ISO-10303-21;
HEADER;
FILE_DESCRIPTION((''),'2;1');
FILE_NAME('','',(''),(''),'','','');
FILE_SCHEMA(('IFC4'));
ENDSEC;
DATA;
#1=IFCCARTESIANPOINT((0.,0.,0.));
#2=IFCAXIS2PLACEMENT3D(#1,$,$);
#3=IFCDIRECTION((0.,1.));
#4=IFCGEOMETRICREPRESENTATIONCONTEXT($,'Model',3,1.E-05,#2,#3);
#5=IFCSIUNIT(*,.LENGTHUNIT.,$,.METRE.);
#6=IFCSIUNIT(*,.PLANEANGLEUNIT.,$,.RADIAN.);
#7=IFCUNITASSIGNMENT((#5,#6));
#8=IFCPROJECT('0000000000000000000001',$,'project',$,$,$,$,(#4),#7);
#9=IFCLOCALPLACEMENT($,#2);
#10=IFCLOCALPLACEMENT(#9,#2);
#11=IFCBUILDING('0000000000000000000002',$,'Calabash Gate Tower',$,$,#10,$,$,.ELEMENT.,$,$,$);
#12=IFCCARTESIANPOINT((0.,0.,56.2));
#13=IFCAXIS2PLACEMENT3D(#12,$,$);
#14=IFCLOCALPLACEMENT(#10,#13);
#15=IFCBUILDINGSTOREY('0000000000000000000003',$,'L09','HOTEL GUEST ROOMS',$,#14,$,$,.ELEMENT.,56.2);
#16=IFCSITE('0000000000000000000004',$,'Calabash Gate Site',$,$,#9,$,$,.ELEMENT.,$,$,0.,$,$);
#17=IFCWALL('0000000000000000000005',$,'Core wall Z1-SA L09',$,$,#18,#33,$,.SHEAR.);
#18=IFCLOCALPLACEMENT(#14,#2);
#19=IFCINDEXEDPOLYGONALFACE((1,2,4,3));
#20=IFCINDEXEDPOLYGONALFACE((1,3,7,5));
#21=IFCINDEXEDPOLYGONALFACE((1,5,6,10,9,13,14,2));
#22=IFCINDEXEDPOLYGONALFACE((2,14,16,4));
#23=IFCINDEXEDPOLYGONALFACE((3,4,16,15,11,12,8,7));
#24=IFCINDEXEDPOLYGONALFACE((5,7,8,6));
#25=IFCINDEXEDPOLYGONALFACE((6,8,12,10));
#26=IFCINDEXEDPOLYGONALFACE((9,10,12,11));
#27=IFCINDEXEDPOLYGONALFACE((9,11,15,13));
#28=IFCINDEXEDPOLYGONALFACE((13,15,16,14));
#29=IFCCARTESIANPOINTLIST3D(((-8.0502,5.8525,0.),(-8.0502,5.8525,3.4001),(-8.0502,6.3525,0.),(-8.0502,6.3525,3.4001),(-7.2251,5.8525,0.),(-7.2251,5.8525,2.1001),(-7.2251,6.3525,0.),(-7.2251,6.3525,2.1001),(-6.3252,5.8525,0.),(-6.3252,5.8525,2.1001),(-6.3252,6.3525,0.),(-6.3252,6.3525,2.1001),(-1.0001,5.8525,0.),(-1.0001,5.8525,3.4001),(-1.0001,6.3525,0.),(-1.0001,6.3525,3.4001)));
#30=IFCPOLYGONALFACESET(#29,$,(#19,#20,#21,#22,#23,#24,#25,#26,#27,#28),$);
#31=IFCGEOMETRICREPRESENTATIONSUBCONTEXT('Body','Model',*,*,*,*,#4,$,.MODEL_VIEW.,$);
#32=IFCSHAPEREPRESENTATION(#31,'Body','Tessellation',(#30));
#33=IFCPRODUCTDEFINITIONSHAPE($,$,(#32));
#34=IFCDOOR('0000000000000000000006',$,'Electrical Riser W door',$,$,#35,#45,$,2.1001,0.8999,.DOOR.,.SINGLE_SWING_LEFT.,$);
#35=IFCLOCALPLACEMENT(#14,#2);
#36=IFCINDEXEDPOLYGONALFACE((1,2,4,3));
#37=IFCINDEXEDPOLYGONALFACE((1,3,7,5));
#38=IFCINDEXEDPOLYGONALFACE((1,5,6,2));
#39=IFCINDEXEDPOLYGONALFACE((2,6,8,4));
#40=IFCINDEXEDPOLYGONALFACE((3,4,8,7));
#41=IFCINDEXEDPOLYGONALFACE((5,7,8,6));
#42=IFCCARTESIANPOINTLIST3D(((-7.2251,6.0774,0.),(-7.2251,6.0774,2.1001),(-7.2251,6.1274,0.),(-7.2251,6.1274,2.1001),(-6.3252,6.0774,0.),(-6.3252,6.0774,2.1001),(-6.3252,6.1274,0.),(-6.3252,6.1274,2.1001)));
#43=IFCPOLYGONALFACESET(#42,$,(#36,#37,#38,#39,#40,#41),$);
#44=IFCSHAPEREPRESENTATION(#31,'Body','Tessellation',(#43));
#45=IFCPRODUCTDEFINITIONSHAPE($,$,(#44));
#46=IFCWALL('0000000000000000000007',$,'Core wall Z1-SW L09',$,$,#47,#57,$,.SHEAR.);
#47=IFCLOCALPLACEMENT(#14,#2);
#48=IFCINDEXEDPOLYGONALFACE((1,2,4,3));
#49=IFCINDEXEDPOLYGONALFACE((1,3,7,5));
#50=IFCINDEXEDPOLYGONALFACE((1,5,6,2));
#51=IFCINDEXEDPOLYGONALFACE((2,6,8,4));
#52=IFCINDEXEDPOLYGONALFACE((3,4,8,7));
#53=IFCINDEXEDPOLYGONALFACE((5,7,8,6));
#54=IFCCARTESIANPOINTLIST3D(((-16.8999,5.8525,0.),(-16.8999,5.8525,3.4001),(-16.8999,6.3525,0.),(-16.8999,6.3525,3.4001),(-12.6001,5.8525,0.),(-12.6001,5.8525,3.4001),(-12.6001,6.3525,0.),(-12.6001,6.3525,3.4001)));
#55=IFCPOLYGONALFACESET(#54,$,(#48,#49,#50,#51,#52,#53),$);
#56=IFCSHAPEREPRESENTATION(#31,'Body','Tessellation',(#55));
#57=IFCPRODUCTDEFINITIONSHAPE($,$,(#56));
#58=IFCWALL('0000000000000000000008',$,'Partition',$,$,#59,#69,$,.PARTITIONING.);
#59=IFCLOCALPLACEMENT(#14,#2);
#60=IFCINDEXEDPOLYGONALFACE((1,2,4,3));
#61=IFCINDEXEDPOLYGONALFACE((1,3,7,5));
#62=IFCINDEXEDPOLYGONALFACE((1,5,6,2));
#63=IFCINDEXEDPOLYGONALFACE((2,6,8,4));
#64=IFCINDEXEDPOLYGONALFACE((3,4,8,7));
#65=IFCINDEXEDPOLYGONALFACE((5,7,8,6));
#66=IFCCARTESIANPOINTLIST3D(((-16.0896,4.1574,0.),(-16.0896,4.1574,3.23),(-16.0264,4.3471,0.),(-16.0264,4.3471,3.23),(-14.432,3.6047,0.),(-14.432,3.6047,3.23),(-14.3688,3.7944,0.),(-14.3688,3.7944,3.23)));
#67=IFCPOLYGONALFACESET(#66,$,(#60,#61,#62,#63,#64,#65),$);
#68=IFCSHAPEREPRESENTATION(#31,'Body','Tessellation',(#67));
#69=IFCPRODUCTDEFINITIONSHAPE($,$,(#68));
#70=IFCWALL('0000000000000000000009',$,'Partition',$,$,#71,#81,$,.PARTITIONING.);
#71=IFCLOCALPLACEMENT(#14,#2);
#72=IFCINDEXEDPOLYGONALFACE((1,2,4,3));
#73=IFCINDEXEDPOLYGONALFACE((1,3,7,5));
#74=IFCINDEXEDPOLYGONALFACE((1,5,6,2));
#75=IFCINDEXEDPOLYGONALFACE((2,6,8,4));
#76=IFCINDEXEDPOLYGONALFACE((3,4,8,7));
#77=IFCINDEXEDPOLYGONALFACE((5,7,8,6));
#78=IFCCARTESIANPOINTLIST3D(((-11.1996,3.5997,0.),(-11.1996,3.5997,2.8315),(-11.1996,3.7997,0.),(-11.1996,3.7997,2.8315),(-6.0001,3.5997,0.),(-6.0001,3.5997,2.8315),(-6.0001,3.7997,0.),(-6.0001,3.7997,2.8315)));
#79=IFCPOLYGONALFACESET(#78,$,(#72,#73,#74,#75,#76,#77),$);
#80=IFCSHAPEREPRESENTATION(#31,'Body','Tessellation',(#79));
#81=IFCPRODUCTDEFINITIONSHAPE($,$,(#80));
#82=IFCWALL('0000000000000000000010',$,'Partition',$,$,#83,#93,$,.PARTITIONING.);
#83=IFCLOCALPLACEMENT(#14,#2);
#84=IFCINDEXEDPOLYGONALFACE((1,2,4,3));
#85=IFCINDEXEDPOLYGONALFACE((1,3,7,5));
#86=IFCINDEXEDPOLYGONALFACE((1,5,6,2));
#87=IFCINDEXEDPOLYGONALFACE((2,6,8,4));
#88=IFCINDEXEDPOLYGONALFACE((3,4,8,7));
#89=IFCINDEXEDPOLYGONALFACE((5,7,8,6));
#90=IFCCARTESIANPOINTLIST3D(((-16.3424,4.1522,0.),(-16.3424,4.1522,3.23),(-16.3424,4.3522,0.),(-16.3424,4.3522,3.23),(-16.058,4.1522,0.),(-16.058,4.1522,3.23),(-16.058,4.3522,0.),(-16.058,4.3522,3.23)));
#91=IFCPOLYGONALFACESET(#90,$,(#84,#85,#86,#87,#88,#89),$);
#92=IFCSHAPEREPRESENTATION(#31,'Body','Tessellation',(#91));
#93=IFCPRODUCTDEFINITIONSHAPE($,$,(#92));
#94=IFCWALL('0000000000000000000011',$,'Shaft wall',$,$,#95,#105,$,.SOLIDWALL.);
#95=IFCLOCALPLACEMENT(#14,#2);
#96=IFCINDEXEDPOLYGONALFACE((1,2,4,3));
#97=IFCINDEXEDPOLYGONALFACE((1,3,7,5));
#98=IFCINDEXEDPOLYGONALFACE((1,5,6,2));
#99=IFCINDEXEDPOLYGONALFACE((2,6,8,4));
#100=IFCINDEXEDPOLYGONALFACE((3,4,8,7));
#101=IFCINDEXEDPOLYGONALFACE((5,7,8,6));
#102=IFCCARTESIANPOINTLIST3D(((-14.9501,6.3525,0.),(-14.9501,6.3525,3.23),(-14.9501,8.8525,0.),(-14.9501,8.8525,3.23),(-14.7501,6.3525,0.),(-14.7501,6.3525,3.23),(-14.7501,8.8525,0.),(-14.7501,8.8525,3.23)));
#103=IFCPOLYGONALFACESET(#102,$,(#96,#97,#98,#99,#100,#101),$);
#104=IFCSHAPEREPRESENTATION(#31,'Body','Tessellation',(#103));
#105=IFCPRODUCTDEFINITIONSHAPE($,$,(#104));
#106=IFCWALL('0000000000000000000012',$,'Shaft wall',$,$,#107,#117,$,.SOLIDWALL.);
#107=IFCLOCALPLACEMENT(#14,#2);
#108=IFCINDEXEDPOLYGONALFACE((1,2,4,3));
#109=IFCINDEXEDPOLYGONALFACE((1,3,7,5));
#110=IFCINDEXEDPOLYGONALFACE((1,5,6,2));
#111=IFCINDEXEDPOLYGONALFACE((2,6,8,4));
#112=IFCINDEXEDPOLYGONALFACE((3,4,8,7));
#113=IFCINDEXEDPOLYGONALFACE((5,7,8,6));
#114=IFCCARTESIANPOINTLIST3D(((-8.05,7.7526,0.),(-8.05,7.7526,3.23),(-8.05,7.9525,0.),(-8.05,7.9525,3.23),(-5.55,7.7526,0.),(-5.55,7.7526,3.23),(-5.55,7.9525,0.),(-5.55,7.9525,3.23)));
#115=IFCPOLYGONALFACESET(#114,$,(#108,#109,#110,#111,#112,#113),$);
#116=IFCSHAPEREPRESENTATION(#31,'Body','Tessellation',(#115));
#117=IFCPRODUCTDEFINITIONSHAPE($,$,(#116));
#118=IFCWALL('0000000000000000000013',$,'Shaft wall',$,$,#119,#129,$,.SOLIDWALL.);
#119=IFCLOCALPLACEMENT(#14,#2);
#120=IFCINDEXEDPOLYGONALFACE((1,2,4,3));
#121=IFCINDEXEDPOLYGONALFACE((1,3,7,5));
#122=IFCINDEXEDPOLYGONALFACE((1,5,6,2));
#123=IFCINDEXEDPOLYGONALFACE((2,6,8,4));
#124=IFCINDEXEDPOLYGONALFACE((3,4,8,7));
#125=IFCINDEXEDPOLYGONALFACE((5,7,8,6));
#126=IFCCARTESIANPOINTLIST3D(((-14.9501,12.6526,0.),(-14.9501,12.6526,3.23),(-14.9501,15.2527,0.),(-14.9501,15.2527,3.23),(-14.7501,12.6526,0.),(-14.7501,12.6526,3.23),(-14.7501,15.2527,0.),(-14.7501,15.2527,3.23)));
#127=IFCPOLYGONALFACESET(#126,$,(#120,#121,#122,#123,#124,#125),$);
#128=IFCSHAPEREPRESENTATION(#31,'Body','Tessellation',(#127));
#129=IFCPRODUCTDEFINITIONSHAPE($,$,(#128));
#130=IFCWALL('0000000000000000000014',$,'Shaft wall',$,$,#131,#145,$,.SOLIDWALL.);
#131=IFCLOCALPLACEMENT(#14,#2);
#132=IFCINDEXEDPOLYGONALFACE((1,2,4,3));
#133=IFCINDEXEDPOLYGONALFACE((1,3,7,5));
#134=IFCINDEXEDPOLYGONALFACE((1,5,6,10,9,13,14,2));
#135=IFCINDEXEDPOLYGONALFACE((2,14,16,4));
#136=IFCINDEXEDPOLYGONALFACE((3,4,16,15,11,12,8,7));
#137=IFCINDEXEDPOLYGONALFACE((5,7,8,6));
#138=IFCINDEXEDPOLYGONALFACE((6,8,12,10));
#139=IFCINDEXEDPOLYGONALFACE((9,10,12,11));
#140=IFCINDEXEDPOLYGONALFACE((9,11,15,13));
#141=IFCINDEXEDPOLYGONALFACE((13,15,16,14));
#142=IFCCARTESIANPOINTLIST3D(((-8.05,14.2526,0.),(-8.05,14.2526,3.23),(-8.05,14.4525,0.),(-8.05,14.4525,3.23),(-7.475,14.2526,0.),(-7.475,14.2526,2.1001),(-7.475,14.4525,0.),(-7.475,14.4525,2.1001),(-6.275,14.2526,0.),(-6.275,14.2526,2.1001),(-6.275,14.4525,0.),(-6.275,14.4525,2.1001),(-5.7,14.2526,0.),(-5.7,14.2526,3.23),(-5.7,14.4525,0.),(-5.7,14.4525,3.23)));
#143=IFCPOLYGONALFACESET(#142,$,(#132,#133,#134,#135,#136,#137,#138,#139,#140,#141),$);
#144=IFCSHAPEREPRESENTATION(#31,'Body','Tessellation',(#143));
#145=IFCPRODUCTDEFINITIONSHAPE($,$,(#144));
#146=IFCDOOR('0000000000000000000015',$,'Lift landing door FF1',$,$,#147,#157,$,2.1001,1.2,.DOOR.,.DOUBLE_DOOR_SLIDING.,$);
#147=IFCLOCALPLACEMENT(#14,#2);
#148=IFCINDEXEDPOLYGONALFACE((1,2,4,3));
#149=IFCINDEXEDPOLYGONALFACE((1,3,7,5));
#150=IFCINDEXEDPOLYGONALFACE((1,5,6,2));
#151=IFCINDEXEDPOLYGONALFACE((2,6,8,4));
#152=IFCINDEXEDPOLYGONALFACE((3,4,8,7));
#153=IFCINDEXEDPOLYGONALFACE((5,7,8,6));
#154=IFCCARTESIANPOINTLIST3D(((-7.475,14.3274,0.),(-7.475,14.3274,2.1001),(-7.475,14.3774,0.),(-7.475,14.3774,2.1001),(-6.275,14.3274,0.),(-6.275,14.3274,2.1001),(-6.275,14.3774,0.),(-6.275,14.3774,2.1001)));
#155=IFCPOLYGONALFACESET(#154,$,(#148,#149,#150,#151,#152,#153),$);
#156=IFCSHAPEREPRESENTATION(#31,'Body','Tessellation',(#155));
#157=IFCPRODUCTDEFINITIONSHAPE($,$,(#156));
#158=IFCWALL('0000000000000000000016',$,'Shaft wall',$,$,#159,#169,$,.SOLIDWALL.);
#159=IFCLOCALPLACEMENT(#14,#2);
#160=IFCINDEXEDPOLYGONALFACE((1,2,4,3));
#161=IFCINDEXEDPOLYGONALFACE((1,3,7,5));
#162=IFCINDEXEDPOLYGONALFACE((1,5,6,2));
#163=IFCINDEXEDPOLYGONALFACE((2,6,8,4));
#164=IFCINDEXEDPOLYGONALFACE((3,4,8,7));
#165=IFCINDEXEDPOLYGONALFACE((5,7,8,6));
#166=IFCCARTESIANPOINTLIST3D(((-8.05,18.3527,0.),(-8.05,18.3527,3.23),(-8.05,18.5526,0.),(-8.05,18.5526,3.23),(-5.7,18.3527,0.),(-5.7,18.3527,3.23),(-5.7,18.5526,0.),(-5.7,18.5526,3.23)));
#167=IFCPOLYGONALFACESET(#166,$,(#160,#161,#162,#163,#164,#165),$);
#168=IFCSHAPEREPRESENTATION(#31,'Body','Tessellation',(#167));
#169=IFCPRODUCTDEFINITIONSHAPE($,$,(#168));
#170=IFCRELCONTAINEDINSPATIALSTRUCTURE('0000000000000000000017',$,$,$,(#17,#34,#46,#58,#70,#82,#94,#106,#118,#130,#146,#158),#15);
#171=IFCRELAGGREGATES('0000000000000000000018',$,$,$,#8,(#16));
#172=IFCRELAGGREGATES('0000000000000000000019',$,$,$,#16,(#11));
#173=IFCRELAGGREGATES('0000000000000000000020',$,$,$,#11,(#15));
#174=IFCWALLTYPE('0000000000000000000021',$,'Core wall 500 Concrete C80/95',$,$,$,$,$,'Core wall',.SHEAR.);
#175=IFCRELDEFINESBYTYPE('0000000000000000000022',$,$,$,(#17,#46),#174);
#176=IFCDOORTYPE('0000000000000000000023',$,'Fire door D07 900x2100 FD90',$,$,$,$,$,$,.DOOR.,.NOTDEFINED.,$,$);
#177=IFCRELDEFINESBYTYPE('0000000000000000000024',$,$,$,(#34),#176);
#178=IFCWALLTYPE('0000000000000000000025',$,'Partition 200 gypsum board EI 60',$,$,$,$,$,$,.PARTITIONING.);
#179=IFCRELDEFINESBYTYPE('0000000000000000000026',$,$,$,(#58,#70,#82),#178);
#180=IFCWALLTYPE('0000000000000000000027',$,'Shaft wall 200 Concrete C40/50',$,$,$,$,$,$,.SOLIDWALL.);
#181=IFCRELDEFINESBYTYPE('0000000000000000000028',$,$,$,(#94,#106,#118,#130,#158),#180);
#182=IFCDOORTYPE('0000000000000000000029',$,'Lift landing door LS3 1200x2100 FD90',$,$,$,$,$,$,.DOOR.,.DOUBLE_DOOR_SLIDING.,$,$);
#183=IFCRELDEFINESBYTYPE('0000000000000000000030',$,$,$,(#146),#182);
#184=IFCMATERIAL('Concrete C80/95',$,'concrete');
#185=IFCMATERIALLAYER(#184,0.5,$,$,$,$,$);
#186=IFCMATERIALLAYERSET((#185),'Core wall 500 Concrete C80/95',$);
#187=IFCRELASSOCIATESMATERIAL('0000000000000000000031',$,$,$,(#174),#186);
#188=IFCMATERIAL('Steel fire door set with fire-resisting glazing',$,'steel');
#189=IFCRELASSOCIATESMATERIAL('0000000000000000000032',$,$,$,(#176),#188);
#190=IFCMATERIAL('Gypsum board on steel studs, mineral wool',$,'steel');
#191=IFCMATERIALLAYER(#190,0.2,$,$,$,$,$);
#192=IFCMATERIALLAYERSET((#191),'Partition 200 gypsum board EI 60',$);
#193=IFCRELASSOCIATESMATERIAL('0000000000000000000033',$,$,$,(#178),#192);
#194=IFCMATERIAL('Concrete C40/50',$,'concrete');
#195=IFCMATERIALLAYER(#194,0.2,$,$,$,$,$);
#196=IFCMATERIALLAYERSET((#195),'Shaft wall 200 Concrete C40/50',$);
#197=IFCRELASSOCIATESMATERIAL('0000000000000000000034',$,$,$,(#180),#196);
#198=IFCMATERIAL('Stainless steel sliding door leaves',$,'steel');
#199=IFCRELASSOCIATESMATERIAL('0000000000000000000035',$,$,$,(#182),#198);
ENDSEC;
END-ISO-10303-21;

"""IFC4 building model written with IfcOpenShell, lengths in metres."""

from ifc_helpers import new_model, si_unit, direction, frame, frame_2d, origin, place, context, subcontext, project, spatial, rectangle, extrude, material, layer, layer_set, type_object, element, fill, save


model = new_model("IFC4")

# Units and contexts
model_context = context("Model", 3, precision=1e-05, world=origin(), true_north=direction((0.0, 1.0)))
body_context = subcontext(model_context, "Body", "Model", "MODEL_VIEW")
ifc_project = project(units=[si_unit("LENGTHUNIT", "METRE"), si_unit("PLANEANGLEUNIT", "RADIAN")], contexts=[model_context])

# Site, building, storey
site_placement = place(None, origin())
site = spatial("IfcSite", under=ifc_project, at=site_placement, Name="Calabash Gate Site", CompositionType="ELEMENT", RefElevation=0.0)
building_placement = place(site_placement, origin())
building = spatial("IfcBuilding", under=site, at=building_placement, Name="Calabash Gate Tower", CompositionType="ELEMENT")
storey_placement = place(building_placement, frame((0.0, 0.0, 56.2)))
storey = spatial("IfcBuildingStorey", under=building, at=storey_placement, Name="L09", Description="HOTEL GUEST ROOMS", CompositionType="ELEMENT", Elevation=56.2)

# Shared definitions
ifc_material_1 = material(Name="Concrete C80/95", Category="concrete")
ifc_layer_1 = layer(ifc_material_1, 0.5)
ifc_layer_set_1 = layer_set([ifc_layer_1], Name="Core wall 500 Concrete C80/95")
wall_type_1 = type_object("IfcWallType", Name="Core wall 500 Concrete C80/95", ElementType="Core wall", PredefinedType="SHEAR", material=ifc_layer_set_1)

# Wall, opening, door
wall_1_placement = place(storey_placement, frame((-8.05, 6.1025, 0.0), z_axis=(0.0, 0.0, 1.0), x_axis=(1.0, 0.0, 0.0)))
wall_1 = element("IfcWall", 1, at=wall_1_placement, inside=storey, type_object=wall_type_1, Name="Core wall Z1-SA L09", PredefinedType="SHEAR", context=body_context, shape_type="SweptSolid", body=[
    extrude(rectangle(XDim=7.05, YDim=0.5, at=frame_2d((3.5249, 0.0))), origin(), (0.0, 0.0, 1.0), 3.4001),
])
opening_1_placement = place(wall_1_placement, frame((0.825, 0.0, 0.0)))
opening_1 = element("IfcOpeningElement", 2, at=opening_1_placement, cuts=wall_1, PredefinedType="OPENING", context=body_context, shape_type="SweptSolid", body=[
    extrude(rectangle(XDim=0.8999, YDim=2.1001, at=frame_2d((0.45, 1.05))), frame((0.0, 0.26, 0.0), z_axis=(0.0, -1.0, 0.0), x_axis=(1.0, 0.0, 0.0)), (0.0, 0.0, 1.0), 0.52),
])
ifc_material_2 = material(Name="Steel fire door set with fire-resisting glazing", Category="steel")
door_type_1 = type_object("IfcDoorType", Name="Fire door D07 900x2100 FD90", OperationType="NOTDEFINED", PredefinedType="DOOR", material=ifc_material_2)
door_1_placement = place(opening_1_placement, origin())
door_1 = element("IfcDoor", 3, at=door_1_placement, inside=storey, type_object=door_type_1, Name="Electrical Riser W door", OperationType="SINGLE_SWING_LEFT", OverallHeight=2.1001, OverallWidth=0.8999, PredefinedType="DOOR", context=body_context, shape_type="SweptSolid", body=[
    extrude(rectangle(XDim=0.8999, YDim=2.1001, at=frame_2d((0.45, 1.05))), frame((0.0, 0.0249, 0.0), z_axis=(0.0, -1.0, 0.0), x_axis=(1.0, 0.0, 0.0)), (0.0, 0.0, 1.0), 0.05),
])
fill(opening_1, door_1)

# Walls
wall_2_placement = place(storey_placement, frame((-12.6001, 6.1025, 0.0), z_axis=(0.0, 0.0, 1.0), x_axis=(-1.0, 0.0, 0.0)))
element("IfcWall", 4, at=wall_2_placement, inside=storey, type_object=wall_type_1, Name="Core wall Z1-SW L09", PredefinedType="SHEAR", context=body_context, shape_type="SweptSolid", body=[
    extrude(rectangle(XDim=4.2998, YDim=0.5, at=frame_2d((2.1499, 0.0))), origin(), (0.0, 0.0, 1.0), 3.4001),
])
ifc_material_3 = material(Name="Gypsum board on steel studs, mineral wool", Category="steel")
ifc_layer_2 = layer(ifc_material_3, 0.2)
ifc_layer_set_2 = layer_set([ifc_layer_2], Name="Partition 200 gypsum board EI 60")
wall_type_2 = type_object("IfcWallType", Name="Partition 200 gypsum board EI 60", PredefinedType="PARTITIONING", material=ifc_layer_set_2)
wall_3_placement = place(storey_placement, frame((-16.0579, 4.2522, 0.0), z_axis=(0.0, 0.0, 1.0), x_axis=(0.948655, -0.316312, 0.0)))
element("IfcWall", 5, at=wall_3_placement, inside=storey, type_object=wall_type_2, Name="Partition", PredefinedType="PARTITIONING", context=body_context, shape_type="SweptSolid", body=[
    extrude(rectangle(XDim=1.7473, YDim=0.2, at=frame_2d((0.8735, 0.0))), origin(), (0.0, 0.0, 1.0), 3.23),
])
wall_4_placement = place(storey_placement, frame((-11.1995, 3.6997, 0.0), z_axis=(0.0, 0.0, 1.0), x_axis=(1.0, 0.0, 0.0)))
element("IfcWall", 6, at=wall_4_placement, inside=storey, type_object=wall_type_2, Name="Partition", PredefinedType="PARTITIONING", context=body_context, shape_type="SweptSolid", body=[
    extrude(rectangle(XDim=5.1995, YDim=0.2, at=frame_2d((2.5996, 0.0))), origin(), (0.0, 0.0, 1.0), 2.8315),
])
wall_5_placement = place(storey_placement, frame((-16.3423, 4.2522, 0.0), z_axis=(0.0, 0.0, 1.0), x_axis=(1.0, 0.0, 0.0)))
element("IfcWall", 7, at=wall_5_placement, inside=storey, type_object=wall_type_2, Name="Partition", PredefinedType="PARTITIONING", context=body_context, shape_type="SweptSolid", body=[
    extrude(rectangle(XDim=0.2844, YDim=0.2, at=frame_2d((0.1421, 0.0))), origin(), (0.0, 0.0, 1.0), 3.23),
])
ifc_material_4 = material(Name="Concrete C40/50", Category="concrete")
ifc_layer_3 = layer(ifc_material_4, 0.2)
ifc_layer_set_3 = layer_set([ifc_layer_3], Name="Shaft wall 200 Concrete C40/50")
wall_type_3 = type_object("IfcWallType", Name="Shaft wall 200 Concrete C40/50", PredefinedType="SOLIDWALL", material=ifc_layer_set_3)
for number, where, z_axis, x_axis, name in (
    (8, (-14.8501, 6.3525, 0.0), (0.0, 0.0, 1.0), (0.0, 1.0, 0.0), "Shaft wall"),
    (9, (-8.05, 7.8525, 0.0), (0.0, 0.0, 1.0), (1.0, 0.0, 0.0), "Shaft wall"),
):
    element("IfcWall", number, at=place(storey_placement, frame(where, z_axis=z_axis, x_axis=x_axis)), inside=storey, type_object=wall_type_3, Name=name, PredefinedType="SOLIDWALL", context=body_context, shape_type="SweptSolid", body=[
        extrude(rectangle(XDim=2.5, YDim=0.2, at=frame_2d((1.25, 0.0))), origin(), (0.0, 0.0, 1.0), 3.23),
    ])
wall_6_placement = place(storey_placement, frame((-14.8501, 12.6526, 0.0), z_axis=(0.0, 0.0, 1.0), x_axis=(0.0, 1.0, 0.0)))
element("IfcWall", 10, at=wall_6_placement, inside=storey, type_object=wall_type_3, Name="Shaft wall", PredefinedType="SOLIDWALL", context=body_context, shape_type="SweptSolid", body=[
    extrude(rectangle(XDim=2.6001, YDim=0.2, at=frame_2d((1.3, 0.0))), origin(), (0.0, 0.0, 1.0), 3.23),
])

# Wall, opening, door
wall_7_placement = place(storey_placement, frame((-8.05, 14.3525, 0.0), z_axis=(0.0, 0.0, 1.0), x_axis=(1.0, 0.0, 0.0)))
wall_7 = element("IfcWall", 11, at=wall_7_placement, inside=storey, type_object=wall_type_3, Name="Shaft wall", PredefinedType="SOLIDWALL", context=body_context, shape_type="SweptSolid", body=[
    extrude(rectangle(XDim=2.3501, YDim=0.2, at=frame_2d((1.175, 0.0))), origin(), (0.0, 0.0, 1.0), 3.23),
])
opening_2_placement = place(wall_7_placement, frame((0.575, 0.0, 0.0)))
opening_2 = element("IfcOpeningElement", 12, at=opening_2_placement, cuts=wall_7, PredefinedType="OPENING", context=body_context, shape_type="SweptSolid", body=[
    extrude(rectangle(XDim=1.2, YDim=2.1001, at=frame_2d((0.6001, 1.05))), frame((0.0, 0.1099, 0.0), z_axis=(0.0, -1.0, 0.0), x_axis=(1.0, 0.0, 0.0)), (0.0, 0.0, 1.0), 0.22),
])
ifc_material_5 = material(Name="Stainless steel sliding door leaves", Category="steel")
door_type_2 = type_object("IfcDoorType", Name="Lift landing door LS3 1200x2100 FD90", OperationType="DOUBLE_DOOR_SLIDING", PredefinedType="DOOR", material=ifc_material_5)
door_2_placement = place(opening_2_placement, origin())
door_2 = element("IfcDoor", 13, at=door_2_placement, inside=storey, type_object=door_type_2, Name="Lift landing door FF1", OperationType="DOUBLE_DOOR_SLIDING", OverallHeight=2.1001, OverallWidth=1.2, PredefinedType="DOOR", context=body_context, shape_type="SweptSolid", body=[
    extrude(rectangle(XDim=1.2, YDim=2.1001, at=frame_2d((0.6001, 1.05))), frame((0.0, 0.0249, 0.0), z_axis=(0.0, -1.0, 0.0), x_axis=(1.0, 0.0, 0.0)), (0.0, 0.0, 1.0), 0.05),
])
fill(opening_2, door_2)

# Wall
wall_8_placement = place(storey_placement, frame((-8.05, 18.4526, 0.0), z_axis=(0.0, 0.0, 1.0), x_axis=(1.0, 0.0, 0.0)))
element("IfcWall", 14, at=wall_8_placement, inside=storey, type_object=wall_type_3, Name="Shaft wall", PredefinedType="SOLIDWALL", context=body_context, shape_type="SweptSolid", body=[
    extrude(rectangle(XDim=2.3501, YDim=0.2, at=frame_2d((1.175, 0.0))), origin(), (0.0, 0.0, 1.0), 3.23),
])

save(model, "model.ifc")
